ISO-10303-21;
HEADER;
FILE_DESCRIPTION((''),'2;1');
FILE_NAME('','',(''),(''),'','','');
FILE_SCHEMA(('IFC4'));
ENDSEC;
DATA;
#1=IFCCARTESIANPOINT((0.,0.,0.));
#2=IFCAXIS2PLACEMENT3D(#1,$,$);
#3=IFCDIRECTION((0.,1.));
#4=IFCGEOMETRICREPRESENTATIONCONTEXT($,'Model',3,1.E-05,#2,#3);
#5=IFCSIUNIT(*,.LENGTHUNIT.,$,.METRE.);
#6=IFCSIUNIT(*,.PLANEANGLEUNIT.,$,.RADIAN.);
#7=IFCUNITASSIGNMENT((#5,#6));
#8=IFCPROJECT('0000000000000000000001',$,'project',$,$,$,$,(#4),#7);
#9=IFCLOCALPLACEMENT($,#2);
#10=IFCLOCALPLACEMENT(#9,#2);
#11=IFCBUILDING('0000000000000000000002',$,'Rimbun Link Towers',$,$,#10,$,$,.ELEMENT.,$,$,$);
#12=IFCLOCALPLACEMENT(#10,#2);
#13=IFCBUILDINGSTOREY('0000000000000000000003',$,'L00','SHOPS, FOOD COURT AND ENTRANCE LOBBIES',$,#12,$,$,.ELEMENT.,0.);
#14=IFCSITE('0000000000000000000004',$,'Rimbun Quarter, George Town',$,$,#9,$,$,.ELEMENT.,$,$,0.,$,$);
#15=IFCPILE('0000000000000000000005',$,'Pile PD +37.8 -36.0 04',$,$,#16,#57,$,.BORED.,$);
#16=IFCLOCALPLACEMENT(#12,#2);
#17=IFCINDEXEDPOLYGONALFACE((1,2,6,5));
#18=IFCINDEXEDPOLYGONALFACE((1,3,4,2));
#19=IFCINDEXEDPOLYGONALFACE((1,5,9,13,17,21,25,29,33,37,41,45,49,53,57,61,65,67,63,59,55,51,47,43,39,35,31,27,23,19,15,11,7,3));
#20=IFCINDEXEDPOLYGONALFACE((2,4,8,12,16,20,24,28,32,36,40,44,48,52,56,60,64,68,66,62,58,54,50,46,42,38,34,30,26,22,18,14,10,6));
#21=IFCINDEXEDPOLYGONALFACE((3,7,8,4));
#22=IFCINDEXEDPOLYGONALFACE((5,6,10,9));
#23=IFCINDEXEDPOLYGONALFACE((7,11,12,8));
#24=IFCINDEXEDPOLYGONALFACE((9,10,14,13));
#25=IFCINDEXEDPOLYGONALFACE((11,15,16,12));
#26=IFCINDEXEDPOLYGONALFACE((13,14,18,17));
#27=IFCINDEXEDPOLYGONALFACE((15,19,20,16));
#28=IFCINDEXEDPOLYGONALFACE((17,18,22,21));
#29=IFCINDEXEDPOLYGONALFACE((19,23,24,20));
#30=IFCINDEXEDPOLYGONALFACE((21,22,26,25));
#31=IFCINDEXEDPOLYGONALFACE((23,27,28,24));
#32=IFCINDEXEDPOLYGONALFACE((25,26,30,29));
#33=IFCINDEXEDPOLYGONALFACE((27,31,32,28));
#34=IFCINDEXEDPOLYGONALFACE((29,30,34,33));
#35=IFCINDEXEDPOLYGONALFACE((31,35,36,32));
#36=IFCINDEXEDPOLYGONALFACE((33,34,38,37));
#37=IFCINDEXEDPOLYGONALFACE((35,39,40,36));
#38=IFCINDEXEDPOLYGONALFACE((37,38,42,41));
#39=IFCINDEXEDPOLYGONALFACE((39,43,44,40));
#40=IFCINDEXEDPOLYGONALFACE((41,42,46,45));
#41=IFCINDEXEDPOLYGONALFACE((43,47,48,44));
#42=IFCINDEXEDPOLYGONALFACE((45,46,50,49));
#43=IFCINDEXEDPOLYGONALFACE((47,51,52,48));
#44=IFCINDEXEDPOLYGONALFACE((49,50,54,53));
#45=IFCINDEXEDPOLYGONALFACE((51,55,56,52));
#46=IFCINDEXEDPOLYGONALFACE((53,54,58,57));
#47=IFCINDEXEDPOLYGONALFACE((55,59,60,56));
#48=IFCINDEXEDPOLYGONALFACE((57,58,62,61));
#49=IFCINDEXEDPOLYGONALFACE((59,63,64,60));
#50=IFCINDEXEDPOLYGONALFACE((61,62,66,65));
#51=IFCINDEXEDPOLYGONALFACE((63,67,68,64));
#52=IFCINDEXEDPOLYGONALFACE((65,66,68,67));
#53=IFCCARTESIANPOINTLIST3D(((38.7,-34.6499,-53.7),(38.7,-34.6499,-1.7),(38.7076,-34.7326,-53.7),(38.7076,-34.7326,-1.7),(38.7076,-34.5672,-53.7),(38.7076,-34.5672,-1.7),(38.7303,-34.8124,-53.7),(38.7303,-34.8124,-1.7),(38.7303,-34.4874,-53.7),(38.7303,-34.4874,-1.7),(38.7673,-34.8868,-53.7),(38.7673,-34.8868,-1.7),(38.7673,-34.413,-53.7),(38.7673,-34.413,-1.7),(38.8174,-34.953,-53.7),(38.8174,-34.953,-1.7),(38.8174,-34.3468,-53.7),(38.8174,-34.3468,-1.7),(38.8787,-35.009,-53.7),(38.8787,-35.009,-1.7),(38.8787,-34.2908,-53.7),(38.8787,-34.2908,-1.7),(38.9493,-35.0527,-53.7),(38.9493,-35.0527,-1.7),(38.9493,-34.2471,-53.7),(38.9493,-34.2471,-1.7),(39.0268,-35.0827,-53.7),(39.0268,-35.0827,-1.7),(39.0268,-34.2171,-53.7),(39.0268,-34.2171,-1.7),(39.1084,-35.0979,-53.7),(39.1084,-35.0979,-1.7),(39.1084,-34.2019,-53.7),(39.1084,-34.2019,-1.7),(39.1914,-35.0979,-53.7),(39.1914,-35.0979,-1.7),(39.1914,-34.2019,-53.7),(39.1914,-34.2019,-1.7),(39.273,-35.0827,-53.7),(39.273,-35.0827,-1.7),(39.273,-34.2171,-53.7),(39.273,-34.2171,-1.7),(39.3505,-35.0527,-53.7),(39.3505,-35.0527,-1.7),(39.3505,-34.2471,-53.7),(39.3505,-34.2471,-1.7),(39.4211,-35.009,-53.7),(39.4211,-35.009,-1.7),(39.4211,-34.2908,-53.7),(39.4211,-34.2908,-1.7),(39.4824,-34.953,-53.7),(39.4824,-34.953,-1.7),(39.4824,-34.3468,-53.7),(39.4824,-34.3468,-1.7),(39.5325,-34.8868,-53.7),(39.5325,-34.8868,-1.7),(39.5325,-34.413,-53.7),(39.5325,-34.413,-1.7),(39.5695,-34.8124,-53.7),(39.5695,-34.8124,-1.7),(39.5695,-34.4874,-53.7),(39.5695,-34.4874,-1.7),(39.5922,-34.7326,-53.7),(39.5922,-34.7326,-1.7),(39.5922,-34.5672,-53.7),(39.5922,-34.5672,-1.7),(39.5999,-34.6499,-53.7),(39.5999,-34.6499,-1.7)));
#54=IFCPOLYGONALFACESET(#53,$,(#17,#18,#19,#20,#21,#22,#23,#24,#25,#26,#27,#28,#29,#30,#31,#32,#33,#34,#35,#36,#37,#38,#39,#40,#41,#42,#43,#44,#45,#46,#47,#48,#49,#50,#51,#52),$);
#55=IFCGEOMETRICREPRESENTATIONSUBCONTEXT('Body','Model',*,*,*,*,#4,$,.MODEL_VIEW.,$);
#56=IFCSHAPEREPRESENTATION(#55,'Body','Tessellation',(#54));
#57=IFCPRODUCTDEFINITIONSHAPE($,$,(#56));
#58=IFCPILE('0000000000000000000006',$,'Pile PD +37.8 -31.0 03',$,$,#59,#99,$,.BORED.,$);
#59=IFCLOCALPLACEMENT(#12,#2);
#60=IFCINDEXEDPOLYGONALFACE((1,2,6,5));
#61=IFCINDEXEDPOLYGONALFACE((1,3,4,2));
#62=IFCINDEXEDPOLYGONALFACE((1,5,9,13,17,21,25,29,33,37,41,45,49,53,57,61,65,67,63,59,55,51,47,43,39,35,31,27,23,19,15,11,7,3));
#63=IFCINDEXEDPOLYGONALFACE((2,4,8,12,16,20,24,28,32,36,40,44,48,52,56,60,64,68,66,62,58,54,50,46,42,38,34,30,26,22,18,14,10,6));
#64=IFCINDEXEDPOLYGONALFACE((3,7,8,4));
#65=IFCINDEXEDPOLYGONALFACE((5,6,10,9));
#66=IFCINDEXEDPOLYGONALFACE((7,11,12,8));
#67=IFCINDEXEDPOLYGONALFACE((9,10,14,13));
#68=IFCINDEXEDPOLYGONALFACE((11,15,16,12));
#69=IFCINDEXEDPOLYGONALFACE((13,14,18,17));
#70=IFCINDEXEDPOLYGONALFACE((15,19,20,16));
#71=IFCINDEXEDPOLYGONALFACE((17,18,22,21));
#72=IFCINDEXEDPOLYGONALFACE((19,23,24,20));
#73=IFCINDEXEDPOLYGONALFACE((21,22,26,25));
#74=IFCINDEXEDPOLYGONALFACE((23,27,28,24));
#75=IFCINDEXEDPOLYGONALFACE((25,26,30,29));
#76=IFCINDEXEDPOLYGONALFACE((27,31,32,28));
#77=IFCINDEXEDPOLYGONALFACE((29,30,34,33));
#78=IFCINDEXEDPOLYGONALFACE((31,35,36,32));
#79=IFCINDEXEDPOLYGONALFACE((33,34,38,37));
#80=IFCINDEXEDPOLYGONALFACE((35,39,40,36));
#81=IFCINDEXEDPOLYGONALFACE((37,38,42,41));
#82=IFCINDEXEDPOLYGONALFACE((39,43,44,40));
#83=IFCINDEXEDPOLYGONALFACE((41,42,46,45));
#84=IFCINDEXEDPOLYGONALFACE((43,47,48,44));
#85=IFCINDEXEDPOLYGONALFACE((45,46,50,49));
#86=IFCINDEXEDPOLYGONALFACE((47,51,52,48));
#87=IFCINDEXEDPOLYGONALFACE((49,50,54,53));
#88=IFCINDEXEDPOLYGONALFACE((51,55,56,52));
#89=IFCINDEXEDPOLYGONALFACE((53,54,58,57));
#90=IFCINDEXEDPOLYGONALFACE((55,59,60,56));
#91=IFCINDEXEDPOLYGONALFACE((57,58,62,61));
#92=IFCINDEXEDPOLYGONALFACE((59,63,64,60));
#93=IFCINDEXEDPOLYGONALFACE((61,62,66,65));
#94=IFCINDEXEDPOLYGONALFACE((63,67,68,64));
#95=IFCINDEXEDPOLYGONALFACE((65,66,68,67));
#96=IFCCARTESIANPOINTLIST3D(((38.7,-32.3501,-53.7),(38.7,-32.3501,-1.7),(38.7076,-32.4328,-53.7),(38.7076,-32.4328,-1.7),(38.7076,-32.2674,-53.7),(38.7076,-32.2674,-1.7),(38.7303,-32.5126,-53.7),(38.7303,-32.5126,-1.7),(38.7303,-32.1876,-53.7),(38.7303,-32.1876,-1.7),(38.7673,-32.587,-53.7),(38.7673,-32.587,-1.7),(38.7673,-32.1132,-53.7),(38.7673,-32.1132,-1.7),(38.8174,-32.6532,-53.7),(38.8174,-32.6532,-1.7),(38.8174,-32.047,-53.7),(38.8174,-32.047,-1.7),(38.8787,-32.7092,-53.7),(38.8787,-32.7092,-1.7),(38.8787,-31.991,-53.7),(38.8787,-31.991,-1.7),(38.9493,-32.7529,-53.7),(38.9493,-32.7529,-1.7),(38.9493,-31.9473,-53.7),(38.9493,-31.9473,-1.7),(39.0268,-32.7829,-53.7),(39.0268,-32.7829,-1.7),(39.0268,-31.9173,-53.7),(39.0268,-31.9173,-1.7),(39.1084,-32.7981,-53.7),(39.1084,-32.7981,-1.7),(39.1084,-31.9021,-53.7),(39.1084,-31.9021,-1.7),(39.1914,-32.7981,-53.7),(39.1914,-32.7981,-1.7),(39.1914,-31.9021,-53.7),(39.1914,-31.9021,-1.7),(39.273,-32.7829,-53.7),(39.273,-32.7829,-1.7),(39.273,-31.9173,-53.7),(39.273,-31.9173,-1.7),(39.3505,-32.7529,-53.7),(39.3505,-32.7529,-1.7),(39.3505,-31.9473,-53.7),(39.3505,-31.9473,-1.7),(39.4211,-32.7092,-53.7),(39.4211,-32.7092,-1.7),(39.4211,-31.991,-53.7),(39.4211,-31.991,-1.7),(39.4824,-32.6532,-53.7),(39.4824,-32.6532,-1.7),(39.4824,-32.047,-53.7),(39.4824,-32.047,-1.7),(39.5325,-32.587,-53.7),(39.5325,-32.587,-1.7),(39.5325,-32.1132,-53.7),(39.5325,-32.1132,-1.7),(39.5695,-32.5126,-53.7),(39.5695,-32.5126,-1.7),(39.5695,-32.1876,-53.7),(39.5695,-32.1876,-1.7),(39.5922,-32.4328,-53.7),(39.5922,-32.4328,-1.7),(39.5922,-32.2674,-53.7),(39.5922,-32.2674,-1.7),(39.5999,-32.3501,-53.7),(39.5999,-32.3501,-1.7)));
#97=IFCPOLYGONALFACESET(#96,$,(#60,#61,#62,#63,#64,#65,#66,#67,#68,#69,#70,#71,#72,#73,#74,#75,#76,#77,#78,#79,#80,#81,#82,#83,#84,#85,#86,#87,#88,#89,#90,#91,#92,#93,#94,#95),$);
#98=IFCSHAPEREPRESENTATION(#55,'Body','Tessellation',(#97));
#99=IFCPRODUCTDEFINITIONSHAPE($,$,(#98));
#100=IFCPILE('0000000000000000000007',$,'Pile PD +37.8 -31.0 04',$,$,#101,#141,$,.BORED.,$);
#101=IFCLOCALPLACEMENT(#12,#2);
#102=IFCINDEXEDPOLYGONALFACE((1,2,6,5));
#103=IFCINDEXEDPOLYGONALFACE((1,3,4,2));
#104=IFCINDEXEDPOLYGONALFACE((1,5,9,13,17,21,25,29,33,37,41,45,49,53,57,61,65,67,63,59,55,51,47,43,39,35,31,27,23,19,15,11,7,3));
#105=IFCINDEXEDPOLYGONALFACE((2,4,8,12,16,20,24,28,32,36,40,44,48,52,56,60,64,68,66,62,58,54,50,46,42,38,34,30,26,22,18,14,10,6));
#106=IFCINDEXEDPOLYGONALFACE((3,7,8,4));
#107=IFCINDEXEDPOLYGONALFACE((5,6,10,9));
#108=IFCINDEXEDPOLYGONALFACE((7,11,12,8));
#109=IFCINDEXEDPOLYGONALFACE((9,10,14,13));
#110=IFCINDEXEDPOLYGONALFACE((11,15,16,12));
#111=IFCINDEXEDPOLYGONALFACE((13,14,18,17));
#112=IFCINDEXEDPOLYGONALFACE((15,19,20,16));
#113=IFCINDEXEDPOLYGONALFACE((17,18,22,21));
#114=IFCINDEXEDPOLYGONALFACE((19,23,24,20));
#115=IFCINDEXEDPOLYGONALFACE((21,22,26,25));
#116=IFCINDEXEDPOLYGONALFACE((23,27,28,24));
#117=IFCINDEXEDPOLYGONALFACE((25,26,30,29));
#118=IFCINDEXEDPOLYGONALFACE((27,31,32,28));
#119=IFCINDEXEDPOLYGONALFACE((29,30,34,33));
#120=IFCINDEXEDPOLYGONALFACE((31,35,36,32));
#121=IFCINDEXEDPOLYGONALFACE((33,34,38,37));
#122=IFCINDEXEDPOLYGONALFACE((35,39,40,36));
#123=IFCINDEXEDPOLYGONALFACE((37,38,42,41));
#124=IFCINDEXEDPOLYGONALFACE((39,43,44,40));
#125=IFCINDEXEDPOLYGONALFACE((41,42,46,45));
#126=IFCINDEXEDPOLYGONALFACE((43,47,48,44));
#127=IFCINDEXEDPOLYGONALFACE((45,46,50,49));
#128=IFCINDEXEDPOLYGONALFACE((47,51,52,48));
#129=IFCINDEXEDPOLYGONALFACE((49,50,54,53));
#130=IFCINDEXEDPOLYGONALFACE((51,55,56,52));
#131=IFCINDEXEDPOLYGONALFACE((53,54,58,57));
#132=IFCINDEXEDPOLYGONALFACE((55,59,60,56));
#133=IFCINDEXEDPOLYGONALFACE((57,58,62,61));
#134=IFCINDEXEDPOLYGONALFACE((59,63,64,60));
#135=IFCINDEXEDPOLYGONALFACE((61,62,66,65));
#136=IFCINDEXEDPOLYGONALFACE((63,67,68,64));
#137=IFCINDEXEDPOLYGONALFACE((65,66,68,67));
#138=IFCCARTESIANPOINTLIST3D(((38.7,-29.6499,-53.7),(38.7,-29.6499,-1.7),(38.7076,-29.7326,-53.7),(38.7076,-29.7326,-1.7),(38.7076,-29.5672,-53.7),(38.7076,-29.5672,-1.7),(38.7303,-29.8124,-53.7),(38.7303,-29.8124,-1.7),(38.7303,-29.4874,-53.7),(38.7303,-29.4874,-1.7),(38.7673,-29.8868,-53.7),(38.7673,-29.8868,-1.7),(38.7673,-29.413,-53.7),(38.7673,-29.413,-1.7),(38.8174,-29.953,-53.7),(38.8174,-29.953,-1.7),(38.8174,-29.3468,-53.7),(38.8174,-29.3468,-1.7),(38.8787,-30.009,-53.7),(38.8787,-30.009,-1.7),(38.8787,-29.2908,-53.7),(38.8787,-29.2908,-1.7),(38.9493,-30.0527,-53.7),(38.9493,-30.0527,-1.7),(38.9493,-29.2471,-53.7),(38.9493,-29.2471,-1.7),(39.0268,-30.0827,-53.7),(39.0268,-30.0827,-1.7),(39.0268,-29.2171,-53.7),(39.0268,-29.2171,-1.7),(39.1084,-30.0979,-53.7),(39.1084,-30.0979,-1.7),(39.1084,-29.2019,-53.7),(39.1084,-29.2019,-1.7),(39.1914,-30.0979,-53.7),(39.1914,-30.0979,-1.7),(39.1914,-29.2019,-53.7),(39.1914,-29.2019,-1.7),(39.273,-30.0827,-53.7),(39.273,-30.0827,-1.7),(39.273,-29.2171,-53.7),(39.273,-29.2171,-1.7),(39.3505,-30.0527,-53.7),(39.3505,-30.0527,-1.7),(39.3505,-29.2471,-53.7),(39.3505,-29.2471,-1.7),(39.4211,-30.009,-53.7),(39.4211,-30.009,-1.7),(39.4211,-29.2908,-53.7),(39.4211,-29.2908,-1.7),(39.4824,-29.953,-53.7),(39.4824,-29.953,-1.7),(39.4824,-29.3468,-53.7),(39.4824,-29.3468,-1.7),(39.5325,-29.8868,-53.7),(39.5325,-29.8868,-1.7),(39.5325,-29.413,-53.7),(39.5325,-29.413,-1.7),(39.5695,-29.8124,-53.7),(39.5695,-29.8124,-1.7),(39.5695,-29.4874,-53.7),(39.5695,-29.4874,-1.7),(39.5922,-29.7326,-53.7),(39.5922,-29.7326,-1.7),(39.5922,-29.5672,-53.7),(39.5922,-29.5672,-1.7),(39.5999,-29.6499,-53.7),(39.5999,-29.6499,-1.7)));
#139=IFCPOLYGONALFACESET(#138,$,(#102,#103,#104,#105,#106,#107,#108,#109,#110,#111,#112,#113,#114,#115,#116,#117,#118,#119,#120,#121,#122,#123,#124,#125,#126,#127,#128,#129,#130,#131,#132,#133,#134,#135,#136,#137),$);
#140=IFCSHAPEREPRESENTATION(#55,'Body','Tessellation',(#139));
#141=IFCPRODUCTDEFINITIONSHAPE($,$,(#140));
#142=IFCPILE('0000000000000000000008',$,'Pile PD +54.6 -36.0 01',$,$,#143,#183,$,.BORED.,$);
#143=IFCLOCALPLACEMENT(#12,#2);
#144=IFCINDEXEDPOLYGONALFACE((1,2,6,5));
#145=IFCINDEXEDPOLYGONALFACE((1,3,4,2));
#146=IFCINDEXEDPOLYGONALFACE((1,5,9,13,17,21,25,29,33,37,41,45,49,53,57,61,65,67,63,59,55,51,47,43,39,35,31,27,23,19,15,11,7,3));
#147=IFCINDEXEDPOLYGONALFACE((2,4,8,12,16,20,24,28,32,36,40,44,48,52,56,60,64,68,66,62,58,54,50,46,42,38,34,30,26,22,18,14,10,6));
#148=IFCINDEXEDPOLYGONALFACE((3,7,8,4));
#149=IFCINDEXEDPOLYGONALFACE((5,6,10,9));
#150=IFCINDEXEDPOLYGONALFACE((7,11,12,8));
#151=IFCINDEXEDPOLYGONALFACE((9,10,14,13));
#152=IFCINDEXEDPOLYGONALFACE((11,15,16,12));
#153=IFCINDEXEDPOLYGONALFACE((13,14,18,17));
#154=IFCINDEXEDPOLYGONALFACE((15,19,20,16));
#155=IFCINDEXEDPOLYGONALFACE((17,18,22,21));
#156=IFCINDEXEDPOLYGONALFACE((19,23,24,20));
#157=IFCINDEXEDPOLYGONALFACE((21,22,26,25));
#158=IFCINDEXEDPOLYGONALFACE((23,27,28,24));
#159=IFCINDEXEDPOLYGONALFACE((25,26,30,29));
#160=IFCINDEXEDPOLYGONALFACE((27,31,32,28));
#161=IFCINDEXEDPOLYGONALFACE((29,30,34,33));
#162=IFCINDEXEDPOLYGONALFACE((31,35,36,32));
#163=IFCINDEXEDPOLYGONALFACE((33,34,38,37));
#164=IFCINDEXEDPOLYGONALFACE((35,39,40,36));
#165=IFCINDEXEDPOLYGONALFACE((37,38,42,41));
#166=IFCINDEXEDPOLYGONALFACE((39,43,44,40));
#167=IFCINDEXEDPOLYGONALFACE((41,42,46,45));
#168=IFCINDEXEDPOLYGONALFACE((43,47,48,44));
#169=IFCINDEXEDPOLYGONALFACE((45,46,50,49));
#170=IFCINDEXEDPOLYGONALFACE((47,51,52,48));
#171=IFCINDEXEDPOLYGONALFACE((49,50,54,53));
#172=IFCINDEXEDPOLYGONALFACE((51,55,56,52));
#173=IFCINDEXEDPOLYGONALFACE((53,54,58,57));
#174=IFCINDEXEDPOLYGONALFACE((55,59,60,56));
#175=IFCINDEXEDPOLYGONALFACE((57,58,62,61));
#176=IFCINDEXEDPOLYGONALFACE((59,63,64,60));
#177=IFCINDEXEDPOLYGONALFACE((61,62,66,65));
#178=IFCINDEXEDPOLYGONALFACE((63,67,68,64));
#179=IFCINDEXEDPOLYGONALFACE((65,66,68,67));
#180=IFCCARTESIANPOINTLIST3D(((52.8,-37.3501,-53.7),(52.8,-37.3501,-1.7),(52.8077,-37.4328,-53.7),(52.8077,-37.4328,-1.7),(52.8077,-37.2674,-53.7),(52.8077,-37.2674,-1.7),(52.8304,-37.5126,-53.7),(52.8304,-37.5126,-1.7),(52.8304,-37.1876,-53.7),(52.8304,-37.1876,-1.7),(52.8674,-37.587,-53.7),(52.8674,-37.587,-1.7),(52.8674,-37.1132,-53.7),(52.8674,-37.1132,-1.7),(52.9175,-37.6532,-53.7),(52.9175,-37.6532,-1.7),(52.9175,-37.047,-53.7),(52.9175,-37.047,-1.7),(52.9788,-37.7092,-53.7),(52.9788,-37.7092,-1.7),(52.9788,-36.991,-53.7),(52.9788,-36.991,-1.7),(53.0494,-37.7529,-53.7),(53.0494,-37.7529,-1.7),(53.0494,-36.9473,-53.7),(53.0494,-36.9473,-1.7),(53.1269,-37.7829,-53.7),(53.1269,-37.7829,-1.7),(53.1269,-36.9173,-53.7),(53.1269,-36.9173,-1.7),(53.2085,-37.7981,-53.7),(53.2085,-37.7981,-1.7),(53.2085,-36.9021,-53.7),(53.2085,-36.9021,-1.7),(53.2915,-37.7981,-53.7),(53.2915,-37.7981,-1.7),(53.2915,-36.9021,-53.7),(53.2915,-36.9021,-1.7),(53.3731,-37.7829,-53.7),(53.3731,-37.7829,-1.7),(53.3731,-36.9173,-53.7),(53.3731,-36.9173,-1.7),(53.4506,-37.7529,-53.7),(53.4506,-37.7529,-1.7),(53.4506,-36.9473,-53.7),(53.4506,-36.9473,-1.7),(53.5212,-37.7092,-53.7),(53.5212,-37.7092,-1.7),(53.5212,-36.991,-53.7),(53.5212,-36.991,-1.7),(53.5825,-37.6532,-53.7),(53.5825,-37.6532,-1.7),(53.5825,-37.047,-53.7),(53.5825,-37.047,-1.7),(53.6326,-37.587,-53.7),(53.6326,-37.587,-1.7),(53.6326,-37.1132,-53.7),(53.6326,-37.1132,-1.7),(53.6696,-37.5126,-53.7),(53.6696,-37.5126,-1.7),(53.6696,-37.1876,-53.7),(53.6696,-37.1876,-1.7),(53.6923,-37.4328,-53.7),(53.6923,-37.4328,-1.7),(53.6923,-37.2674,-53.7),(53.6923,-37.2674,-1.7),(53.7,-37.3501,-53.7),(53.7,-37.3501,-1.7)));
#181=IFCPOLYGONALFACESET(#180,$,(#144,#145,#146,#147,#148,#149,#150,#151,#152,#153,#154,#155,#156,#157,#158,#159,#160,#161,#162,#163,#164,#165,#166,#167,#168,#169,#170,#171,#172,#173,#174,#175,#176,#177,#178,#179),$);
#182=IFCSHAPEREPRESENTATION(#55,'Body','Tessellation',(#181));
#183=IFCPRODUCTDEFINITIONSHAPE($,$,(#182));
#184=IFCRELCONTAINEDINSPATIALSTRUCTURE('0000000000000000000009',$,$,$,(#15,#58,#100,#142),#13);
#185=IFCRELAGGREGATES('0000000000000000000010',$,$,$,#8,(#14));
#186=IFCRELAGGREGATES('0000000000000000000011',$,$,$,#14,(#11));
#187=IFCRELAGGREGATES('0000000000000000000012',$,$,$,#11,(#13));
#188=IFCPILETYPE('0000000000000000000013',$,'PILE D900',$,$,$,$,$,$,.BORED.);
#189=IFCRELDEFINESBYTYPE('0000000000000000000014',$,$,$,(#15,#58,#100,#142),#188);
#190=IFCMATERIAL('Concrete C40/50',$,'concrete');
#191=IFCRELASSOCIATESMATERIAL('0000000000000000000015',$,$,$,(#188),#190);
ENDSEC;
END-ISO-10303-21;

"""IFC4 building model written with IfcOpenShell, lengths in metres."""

from ifc_helpers import new_model, si_unit, direction, frame, origin, origin_2d, place, context, subcontext, project, spatial, circle, extrude, material, material_profile, profile_set, type_object, element, save


model = new_model("IFC4")

# Units and contexts
model_context = context("Model", 3, precision=1e-05, world=origin(), true_north=direction((0.0, 1.0)))
body_context = subcontext(model_context, "Body", "Model", "MODEL_VIEW")
ifc_project = project(units=[si_unit("LENGTHUNIT", "METRE"), si_unit("PLANEANGLEUNIT", "RADIAN")], contexts=[model_context])

# Site, building, storey
site_placement = place(None, origin())
site = spatial("IfcSite", under=ifc_project, at=site_placement, Name="Rimbun Quarter, George Town", CompositionType="ELEMENT", RefElevation=0.0)
building_placement = place(site_placement, origin())
building = spatial("IfcBuilding", under=site, at=building_placement, Name="Rimbun Link Towers", CompositionType="ELEMENT")
storey_placement = place(building_placement, origin())
storey = spatial("IfcBuildingStorey", under=building, at=storey_placement, Name="L00", Description="SHOPS, FOOD COURT AND ENTRANCE LOBBIES", CompositionType="ELEMENT", Elevation=0.0)

# Piles
ifc_material_1 = material(Name="Concrete C40/50", Category="concrete")
ifc_material_profile_1 = material_profile(ifc_material_1, circle(Radius=0.45, at=origin_2d()), Name="PILE D900")
ifc_profile_set_1 = profile_set([ifc_material_profile_1], Name="Concrete C40/50")
pile_type = type_object("IfcPileType", Name="PILE D900", PredefinedType="BORED", material=ifc_profile_set_1)
for number, where, z_axis, x_axis, name in (
    (1, (39.1499, -34.6499, -1.7), (0.0, 0.0, -1.0), (1.0, 0.0, 0.0), "Pile PD +37.8 -36.0 04"),
    (2, (39.1499, -32.3501, -1.7), (0.0, 0.0, -1.0), (1.0, 0.0, 0.0), "Pile PD +37.8 -31.0 03"),
    (3, (39.1499, -29.6499, -1.7), (0.0, 0.0, -1.0), (1.0, 0.0, 0.0), "Pile PD +37.8 -31.0 04"),
    (4, (53.25, -37.3501, -1.7), (0.0, 0.0, -1.0), (1.0, 0.0, 0.0), "Pile PD +54.6 -36.0 01"),
):
    element("IfcPile", number, at=place(storey_placement, frame(where, z_axis=z_axis, x_axis=x_axis)), inside=storey, type_object=pile_type, Name=name, PredefinedType="BORED", context=body_context, shape_type="SweptSolid", body=[
        extrude(circle(Radius=0.45, at=origin_2d()), origin(), (0.0, 0.0, 1.0), 52.0),
    ])

save(model, "model.ifc")
